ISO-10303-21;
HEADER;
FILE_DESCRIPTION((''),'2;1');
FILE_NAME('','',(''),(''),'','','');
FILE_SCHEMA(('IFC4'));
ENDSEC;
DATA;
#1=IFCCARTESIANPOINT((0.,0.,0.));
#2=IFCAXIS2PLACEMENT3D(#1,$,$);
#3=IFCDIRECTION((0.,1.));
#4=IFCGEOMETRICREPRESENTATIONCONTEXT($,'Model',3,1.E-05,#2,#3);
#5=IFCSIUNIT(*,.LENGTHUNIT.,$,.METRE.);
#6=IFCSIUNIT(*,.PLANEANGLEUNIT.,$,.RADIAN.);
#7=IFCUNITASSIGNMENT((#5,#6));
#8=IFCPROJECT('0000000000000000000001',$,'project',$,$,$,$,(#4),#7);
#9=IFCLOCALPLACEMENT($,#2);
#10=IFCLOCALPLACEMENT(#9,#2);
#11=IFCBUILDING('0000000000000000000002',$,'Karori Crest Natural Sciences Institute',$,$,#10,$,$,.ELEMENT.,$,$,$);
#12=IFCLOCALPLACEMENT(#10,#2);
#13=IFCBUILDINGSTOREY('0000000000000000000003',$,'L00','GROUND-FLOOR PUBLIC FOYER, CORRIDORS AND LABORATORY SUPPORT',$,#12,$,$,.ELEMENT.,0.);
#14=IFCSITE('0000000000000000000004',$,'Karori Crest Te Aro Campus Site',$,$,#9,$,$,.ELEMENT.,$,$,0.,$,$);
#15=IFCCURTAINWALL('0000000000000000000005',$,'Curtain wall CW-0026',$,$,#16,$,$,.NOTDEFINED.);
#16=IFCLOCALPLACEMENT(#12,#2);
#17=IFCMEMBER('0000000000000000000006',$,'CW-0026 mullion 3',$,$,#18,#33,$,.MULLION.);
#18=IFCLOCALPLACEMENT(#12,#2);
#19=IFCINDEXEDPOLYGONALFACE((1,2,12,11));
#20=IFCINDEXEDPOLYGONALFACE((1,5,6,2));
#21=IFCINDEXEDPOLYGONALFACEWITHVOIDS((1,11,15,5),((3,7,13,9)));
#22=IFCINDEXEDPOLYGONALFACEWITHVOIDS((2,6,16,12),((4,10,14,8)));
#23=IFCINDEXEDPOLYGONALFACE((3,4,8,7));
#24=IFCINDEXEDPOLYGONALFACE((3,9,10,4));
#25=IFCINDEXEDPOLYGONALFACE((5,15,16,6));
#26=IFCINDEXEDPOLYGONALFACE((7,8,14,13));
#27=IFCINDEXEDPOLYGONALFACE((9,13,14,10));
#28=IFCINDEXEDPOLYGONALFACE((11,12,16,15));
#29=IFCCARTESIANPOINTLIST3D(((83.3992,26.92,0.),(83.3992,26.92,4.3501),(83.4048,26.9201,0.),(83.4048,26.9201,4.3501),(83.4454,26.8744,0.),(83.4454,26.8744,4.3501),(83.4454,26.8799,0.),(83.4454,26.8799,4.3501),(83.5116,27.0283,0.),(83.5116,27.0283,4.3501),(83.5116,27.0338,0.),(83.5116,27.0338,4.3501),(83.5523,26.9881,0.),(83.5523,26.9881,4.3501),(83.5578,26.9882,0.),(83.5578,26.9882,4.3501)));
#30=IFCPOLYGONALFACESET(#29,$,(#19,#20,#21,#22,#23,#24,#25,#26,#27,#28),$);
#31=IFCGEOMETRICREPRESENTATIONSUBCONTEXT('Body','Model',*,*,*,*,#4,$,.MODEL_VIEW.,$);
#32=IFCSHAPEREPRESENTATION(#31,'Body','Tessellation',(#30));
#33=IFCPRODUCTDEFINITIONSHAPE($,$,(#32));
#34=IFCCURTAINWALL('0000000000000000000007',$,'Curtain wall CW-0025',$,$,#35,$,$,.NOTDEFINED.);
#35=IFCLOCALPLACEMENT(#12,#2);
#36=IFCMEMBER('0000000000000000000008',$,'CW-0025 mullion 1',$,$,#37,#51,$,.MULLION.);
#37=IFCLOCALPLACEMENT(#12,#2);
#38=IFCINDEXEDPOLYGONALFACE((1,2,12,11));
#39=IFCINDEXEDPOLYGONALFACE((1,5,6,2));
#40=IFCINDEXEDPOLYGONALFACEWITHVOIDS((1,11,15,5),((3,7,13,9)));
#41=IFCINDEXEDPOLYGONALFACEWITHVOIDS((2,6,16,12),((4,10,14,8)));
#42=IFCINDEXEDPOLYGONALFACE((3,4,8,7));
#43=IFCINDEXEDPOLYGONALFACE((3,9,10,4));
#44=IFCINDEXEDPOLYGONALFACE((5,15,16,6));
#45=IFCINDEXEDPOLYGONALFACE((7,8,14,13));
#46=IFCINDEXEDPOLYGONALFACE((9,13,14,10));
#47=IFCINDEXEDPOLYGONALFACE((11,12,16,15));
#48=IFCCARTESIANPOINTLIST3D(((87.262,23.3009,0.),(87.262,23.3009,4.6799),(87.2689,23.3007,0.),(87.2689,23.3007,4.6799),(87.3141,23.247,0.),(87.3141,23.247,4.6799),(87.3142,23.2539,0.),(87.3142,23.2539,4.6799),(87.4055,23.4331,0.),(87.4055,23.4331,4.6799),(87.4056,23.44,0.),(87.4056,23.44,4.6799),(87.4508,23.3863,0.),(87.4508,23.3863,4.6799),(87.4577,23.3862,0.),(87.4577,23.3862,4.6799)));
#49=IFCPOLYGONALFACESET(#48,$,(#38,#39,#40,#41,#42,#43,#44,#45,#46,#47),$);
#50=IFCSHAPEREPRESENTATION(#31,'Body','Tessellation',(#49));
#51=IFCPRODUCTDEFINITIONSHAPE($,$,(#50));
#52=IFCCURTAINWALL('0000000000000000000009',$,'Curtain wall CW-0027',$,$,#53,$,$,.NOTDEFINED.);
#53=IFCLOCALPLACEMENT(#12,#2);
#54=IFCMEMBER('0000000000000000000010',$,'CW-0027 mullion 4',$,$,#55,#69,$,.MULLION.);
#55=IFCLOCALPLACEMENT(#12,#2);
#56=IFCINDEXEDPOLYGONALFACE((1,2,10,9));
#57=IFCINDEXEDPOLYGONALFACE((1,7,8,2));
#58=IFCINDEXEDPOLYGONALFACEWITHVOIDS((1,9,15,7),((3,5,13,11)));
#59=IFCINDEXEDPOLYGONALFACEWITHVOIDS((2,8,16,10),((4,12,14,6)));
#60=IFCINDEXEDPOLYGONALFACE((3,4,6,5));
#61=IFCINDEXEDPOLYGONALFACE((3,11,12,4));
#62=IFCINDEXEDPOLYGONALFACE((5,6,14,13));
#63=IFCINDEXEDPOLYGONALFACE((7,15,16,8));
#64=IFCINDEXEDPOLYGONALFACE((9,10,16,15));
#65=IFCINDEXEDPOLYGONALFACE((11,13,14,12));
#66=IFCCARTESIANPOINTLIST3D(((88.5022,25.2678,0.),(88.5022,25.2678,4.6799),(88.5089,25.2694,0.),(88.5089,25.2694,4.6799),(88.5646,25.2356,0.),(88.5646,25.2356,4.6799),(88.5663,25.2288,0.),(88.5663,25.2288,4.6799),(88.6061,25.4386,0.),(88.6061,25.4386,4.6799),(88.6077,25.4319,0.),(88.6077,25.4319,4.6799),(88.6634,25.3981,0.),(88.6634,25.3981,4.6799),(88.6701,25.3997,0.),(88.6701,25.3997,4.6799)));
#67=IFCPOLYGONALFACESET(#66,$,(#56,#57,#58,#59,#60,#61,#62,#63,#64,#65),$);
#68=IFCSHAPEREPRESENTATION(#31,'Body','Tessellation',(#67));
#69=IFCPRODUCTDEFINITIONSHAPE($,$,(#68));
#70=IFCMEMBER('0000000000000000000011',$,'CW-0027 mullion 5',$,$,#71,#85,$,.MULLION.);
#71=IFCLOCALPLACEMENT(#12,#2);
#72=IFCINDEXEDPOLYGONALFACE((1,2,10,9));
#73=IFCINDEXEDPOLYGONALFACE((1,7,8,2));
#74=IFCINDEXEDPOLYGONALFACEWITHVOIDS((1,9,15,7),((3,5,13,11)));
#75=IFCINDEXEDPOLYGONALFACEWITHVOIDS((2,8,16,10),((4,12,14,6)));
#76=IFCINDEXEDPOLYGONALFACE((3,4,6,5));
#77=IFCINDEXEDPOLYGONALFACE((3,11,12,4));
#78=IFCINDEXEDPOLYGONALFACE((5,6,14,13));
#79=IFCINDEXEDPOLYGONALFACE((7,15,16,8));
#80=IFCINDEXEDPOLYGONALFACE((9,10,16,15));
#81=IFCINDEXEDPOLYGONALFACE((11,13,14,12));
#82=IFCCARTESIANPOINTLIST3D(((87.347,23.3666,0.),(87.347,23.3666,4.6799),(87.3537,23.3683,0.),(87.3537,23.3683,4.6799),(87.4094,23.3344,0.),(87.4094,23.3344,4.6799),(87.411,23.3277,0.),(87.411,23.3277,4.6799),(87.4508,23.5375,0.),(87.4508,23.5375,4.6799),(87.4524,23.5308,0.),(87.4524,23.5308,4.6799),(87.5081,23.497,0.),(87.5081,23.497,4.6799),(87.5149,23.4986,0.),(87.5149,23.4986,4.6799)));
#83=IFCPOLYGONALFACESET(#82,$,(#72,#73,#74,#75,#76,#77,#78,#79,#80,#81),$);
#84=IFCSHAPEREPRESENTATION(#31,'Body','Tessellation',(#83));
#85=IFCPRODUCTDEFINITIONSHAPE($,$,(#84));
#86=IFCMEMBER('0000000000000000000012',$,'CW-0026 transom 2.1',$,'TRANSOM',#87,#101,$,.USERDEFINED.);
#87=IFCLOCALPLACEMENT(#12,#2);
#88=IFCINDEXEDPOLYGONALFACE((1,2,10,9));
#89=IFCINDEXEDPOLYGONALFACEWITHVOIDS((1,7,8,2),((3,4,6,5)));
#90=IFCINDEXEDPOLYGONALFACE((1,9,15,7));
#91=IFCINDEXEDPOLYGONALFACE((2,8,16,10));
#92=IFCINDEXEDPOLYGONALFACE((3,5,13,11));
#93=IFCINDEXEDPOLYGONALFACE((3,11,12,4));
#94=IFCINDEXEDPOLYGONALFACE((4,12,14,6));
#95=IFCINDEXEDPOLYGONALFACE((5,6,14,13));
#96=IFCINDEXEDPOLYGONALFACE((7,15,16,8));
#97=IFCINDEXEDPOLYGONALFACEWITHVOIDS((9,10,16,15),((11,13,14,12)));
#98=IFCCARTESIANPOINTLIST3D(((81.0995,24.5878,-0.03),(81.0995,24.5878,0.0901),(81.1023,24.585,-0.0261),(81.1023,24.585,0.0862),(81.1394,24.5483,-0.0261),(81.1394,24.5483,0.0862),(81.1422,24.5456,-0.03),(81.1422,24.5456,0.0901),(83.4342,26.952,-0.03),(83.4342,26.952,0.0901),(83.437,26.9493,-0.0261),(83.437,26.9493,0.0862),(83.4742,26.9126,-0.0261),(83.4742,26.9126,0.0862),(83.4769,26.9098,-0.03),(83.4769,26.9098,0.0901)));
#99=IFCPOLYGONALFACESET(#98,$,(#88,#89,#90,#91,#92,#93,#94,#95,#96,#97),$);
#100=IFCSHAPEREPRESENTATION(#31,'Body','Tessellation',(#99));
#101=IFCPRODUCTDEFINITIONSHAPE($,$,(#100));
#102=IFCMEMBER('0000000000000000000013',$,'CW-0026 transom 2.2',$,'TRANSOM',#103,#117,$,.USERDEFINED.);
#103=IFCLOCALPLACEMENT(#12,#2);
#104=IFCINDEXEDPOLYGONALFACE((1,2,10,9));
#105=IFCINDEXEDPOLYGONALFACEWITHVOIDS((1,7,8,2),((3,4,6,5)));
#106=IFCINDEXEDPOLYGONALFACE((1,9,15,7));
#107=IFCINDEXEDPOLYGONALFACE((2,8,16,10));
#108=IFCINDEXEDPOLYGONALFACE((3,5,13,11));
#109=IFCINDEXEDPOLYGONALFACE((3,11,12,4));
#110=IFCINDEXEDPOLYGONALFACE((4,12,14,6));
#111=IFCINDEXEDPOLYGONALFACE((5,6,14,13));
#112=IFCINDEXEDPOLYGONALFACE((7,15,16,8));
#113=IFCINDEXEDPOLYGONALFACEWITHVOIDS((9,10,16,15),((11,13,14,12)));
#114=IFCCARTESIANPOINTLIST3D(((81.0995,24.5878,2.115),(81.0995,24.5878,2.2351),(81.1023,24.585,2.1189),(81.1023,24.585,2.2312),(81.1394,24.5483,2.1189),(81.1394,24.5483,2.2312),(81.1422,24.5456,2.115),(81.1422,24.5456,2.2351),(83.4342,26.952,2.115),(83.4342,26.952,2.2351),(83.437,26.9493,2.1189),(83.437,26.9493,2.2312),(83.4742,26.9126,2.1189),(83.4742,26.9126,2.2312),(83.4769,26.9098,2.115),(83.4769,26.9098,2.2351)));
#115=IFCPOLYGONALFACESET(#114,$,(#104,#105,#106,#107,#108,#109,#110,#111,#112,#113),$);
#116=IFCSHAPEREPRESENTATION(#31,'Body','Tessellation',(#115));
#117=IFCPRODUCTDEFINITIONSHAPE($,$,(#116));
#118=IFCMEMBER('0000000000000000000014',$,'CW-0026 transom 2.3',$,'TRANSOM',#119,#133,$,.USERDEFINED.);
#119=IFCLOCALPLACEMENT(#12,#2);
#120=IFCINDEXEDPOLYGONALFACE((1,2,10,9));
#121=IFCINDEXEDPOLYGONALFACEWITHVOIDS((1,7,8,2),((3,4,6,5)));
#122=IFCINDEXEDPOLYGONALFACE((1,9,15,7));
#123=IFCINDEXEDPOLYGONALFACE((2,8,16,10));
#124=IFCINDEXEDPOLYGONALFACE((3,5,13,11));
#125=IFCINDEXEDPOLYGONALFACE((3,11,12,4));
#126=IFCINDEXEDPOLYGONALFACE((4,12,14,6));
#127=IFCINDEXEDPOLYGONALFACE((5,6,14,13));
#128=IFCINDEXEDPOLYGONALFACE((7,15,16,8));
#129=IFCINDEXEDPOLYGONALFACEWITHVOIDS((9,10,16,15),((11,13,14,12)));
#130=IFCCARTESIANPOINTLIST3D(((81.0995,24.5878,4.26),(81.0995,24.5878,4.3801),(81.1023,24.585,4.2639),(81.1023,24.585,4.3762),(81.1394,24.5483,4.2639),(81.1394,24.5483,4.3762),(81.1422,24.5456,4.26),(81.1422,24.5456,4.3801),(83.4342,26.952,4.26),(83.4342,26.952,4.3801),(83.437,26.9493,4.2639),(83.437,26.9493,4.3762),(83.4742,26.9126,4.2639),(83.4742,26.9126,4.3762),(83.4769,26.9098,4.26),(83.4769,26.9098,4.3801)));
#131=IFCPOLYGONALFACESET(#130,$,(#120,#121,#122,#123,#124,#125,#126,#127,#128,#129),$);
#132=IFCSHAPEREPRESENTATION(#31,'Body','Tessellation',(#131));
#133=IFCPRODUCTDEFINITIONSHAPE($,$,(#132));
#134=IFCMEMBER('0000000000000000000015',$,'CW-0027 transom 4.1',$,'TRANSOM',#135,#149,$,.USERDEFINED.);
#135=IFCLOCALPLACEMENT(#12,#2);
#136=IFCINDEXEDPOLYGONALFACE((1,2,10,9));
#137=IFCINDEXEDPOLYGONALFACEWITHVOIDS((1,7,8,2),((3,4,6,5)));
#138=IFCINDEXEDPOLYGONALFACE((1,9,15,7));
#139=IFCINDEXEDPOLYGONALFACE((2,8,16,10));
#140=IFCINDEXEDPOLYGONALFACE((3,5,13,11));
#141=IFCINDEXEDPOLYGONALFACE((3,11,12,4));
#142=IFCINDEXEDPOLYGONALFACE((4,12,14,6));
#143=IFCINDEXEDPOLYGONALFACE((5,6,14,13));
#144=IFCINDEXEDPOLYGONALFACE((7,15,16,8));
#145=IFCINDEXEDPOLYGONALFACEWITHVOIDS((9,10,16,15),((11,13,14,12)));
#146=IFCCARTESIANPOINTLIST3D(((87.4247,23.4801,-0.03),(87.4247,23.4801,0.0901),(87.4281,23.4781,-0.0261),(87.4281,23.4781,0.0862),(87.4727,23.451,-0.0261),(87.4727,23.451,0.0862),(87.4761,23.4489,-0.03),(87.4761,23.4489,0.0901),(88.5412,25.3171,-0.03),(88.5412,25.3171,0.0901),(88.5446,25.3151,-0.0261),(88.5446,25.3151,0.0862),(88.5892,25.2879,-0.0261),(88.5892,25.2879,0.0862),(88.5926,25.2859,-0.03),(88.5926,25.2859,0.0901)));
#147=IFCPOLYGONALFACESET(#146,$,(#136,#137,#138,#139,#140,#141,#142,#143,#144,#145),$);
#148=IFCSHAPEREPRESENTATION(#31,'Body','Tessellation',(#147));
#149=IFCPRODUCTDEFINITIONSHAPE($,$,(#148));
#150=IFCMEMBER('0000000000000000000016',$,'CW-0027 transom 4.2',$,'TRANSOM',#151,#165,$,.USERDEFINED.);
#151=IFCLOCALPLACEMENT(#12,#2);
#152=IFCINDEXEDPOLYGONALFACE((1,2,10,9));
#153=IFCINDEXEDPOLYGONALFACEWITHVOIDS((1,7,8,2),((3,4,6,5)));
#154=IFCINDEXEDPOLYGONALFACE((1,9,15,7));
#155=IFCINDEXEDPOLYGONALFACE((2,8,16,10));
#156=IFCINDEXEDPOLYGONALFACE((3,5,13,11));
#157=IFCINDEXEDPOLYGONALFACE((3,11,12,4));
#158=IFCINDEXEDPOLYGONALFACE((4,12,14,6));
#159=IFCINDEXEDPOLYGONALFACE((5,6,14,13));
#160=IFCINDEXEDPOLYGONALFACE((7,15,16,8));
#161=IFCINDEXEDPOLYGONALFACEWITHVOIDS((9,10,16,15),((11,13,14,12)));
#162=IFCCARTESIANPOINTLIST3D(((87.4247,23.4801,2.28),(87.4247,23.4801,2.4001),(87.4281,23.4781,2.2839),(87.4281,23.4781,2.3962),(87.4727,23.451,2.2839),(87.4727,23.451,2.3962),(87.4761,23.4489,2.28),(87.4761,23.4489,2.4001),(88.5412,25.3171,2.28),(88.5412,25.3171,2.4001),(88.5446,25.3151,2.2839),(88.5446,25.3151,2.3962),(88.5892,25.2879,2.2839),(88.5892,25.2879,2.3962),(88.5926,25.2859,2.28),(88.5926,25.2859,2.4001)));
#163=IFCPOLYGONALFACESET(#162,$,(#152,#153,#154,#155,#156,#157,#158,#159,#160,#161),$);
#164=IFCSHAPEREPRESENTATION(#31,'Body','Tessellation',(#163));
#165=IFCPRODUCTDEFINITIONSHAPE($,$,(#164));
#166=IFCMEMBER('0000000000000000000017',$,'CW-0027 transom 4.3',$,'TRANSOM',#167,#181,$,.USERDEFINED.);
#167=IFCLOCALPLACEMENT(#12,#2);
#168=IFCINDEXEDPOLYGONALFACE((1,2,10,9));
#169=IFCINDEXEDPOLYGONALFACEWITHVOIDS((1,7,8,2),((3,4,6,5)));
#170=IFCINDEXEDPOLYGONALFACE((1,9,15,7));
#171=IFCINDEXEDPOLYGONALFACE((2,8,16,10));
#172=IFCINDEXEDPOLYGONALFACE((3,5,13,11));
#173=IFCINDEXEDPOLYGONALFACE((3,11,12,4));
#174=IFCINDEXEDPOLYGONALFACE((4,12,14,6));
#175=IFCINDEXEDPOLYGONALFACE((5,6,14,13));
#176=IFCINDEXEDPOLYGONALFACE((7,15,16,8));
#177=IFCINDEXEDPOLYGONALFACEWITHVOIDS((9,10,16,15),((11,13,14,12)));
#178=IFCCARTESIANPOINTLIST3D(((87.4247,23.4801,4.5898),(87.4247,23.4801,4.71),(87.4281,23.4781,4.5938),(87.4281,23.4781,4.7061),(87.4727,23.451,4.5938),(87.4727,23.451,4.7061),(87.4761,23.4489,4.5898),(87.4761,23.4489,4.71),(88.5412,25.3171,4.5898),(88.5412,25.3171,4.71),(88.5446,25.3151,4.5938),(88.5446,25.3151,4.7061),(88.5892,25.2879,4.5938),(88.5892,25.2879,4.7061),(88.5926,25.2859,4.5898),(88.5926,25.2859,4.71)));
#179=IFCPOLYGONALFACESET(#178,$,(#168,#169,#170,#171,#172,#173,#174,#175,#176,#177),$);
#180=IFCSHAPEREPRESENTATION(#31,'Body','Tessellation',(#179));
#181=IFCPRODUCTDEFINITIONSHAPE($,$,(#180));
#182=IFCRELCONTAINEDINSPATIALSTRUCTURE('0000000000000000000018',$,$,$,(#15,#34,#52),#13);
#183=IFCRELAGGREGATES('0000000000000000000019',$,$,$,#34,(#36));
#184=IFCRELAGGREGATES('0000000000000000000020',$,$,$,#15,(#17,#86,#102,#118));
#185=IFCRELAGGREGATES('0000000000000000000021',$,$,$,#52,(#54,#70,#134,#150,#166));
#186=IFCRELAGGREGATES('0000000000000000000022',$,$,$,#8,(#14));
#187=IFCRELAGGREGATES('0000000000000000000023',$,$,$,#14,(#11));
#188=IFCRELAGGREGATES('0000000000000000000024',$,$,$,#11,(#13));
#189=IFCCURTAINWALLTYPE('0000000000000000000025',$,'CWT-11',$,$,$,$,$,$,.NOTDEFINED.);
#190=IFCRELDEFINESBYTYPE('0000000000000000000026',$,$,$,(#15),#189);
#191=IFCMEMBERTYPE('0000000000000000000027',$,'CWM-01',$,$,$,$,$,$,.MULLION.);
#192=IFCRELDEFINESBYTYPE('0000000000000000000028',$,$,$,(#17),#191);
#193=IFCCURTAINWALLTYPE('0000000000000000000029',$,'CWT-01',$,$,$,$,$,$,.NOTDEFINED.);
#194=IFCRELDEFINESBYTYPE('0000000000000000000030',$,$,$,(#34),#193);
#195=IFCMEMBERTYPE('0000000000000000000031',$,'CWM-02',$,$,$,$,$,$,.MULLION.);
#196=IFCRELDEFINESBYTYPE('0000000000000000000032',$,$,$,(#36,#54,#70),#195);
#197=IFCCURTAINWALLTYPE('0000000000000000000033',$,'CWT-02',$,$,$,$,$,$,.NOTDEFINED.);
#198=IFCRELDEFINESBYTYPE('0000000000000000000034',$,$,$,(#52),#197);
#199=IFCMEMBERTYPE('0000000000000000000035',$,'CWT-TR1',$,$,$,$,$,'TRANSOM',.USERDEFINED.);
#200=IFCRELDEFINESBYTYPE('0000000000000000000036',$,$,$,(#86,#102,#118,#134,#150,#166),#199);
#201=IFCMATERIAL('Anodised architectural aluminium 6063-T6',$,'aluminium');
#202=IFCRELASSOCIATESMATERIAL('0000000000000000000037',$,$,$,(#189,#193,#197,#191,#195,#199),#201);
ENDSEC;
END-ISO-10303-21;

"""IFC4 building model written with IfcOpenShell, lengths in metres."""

from ifc_helpers import new_model, si_unit, direction, frame, origin, origin_2d, place, context, subcontext, project, spatial, hollow_rectangle, extrude, material, material_profile, profile_set, type_object, element, aggregate, save


model = new_model("IFC4")

# Units and contexts
model_context = context("Model", 3, precision=1e-05, world=origin(), true_north=direction((0.0, 1.0)))
body_context = subcontext(model_context, "Body", "Model", "MODEL_VIEW")
ifc_project = project(units=[si_unit("LENGTHUNIT", "METRE"), si_unit("PLANEANGLEUNIT", "RADIAN")], contexts=[model_context])

# Site, building, storey
site_placement = place(None, origin())
site = spatial("IfcSite", under=ifc_project, at=site_placement, Name="Karori Crest Te Aro Campus Site", CompositionType="ELEMENT", RefElevation=0.0)
building_placement = place(site_placement, origin())
building = spatial("IfcBuilding", under=site, at=building_placement, Name="Karori Crest Natural Sciences Institute", CompositionType="ELEMENT")
storey_placement = place(building_placement, origin())
storey = spatial("IfcBuildingStorey", under=building, at=storey_placement, Name="L00", Description="GROUND-FLOOR PUBLIC FOYER, CORRIDORS AND LABORATORY SUPPORT", CompositionType="ELEMENT", Elevation=0.0)

# Curtain wall, member
ifc_material_1 = material(Name="Anodised architectural aluminium 6063-T6", Category="aluminium")
curtain_wall_type_1 = type_object("IfcCurtainWallType", Name="CWT-11", PredefinedType="NOTDEFINED", material=ifc_material_1)
curtain_wall_1_placement = place(storey_placement, origin())
curtain_wall_1 = element("IfcCurtainWall", 1, at=curtain_wall_1_placement, inside=storey, type_object=curtain_wall_type_1, Name="Curtain wall CW-0026", PredefinedType="NOTDEFINED")
ifc_material_profile_1 = material_profile(ifc_material_1, hollow_rectangle(XDim=0.0649, YDim=0.1599, WallThickness=0.0039, at=origin_2d()), Name="CWM160x65x4")
ifc_profile_set_1 = profile_set([ifc_material_profile_1], Name="Anodised architectural aluminium 6063-T6")
member_type_1 = type_object("IfcMemberType", Name="CWM-01", PredefinedType="MULLION", material=ifc_profile_set_1)
member_1_placement = place(storey_placement, frame((83.4785, 26.9541, 0.0), z_axis=(0.0, 0.0, 1.0), x_axis=(-0.711529, 0.702656, 0.0)))
member_1 = element("IfcMember", 2, at=member_1_placement, type_object=member_type_1, Name="CW-0026 mullion 3", PredefinedType="MULLION", context=body_context, shape_type="SweptSolid", body=[
    extrude(hollow_rectangle(XDim=0.0649, YDim=0.1599, WallThickness=0.0039, at=origin_2d()), origin(), (0.0, 0.0, 1.0), 4.3501),
])

# Curtain wall, member
curtain_wall_type_2 = type_object("IfcCurtainWallType", Name="CWT-01", PredefinedType="NOTDEFINED", material=ifc_material_1)
curtain_wall_2_placement = place(storey_placement, origin())
curtain_wall_2 = element("IfcCurtainWall", 3, at=curtain_wall_2_placement, inside=storey, type_object=curtain_wall_type_2, Name="Curtain wall CW-0025", PredefinedType="NOTDEFINED")
ifc_material_profile_2 = material_profile(ifc_material_1, hollow_rectangle(XDim=0.075, YDim=0.2, WallThickness=0.0049, at=origin_2d()), Name="CWM200x75x5")
ifc_profile_set_2 = profile_set([ifc_material_profile_2], Name="Anodised architectural aluminium 6063-T6")
member_type_2 = type_object("IfcMemberType", Name="CWM-02", PredefinedType="MULLION", material=ifc_profile_set_2)
member_2_placement = place(storey_placement, frame((87.3599, 23.3435, 0.0), z_axis=(0.0, 0.0, 1.0), x_axis=(0.695839, -0.718198, 0.0)))
member_2 = element("IfcMember", 4, at=member_2_placement, type_object=member_type_2, Name="CW-0025 mullion 1", PredefinedType="MULLION", context=body_context, shape_type="SweptSolid", body=[
    extrude(hollow_rectangle(XDim=0.075, YDim=0.2, WallThickness=0.0049, at=origin_2d()), origin(), (0.0, 0.0, 1.0), 4.6799),
])

# Curtain wall, members
curtain_wall_type_3 = type_object("IfcCurtainWallType", Name="CWT-02", PredefinedType="NOTDEFINED", material=ifc_material_1)
curtain_wall_3_placement = place(storey_placement, origin())
curtain_wall_3 = element("IfcCurtainWall", 5, at=curtain_wall_3_placement, inside=storey, type_object=curtain_wall_type_3, Name="Curtain wall CW-0027", PredefinedType="NOTDEFINED")
member_3_placement = place(storey_placement, frame((88.5862, 25.3337, 0.0), z_axis=(0.0, 0.0, 1.0), x_axis=(0.854567, -0.519341, 0.0)))
member_3 = element("IfcMember", 6, at=member_3_placement, type_object=member_type_2, Name="CW-0027 mullion 4", PredefinedType="MULLION", context=body_context, shape_type="SweptSolid", body=[
    extrude(hollow_rectangle(XDim=0.075, YDim=0.2, WallThickness=0.0049, at=origin_2d()), origin(), (0.0, 0.0, 1.0), 4.6799),
])
member_4_placement = place(storey_placement, frame((87.4309, 23.4326, 0.0), z_axis=(0.0, 0.0, 1.0), x_axis=(0.854567, -0.519341, 0.0)))
member_4 = element("IfcMember", 7, at=member_4_placement, type_object=member_type_2, Name="CW-0027 mullion 5", PredefinedType="MULLION", context=body_context, shape_type="SweptSolid", body=[
    extrude(hollow_rectangle(XDim=0.075, YDim=0.2, WallThickness=0.0049, at=origin_2d()), origin(), (0.0, 0.0, 1.0), 4.6799),
])

# Members
ifc_material_profile_3 = material_profile(ifc_material_1, hollow_rectangle(XDim=0.0601, YDim=0.1201, WallThickness=0.0039, at=origin_2d()), Name="CWT120x60x4")
ifc_profile_set_3 = profile_set([ifc_material_profile_3], Name="Anodised architectural aluminium 6063-T6")
member_type_3 = type_object("IfcMemberType", Name="CWT-TR1", ElementType="TRANSOM", PredefinedType="USERDEFINED", material=ifc_profile_set_3)
member_5_placement = place(storey_placement, frame((81.1208, 24.5667, 0.03), z_axis=(0.702648, 0.711538, 0.0), x_axis=(-0.711538, 0.702648, 0.0)))
member_5 = element("IfcMember", 8, at=member_5_placement, type_object=member_type_3, Name="CW-0026 transom 2.1", ObjectType="TRANSOM", PredefinedType="USERDEFINED", context=body_context, shape_type="SweptSolid", body=[
    extrude(hollow_rectangle(XDim=0.0601, YDim=0.1201, WallThickness=0.0039, at=origin_2d()), origin(), (0.0, 0.0, 1.0), 3.3228),
])
member_6_placement = place(storey_placement, frame((81.1208, 24.5667, 2.175), z_axis=(0.702648, 0.711538, 0.0), x_axis=(-0.711538, 0.702648, 0.0)))
member_6 = element("IfcMember", 9, at=member_6_placement, type_object=member_type_3, Name="CW-0026 transom 2.2", ObjectType="TRANSOM", PredefinedType="USERDEFINED", context=body_context, shape_type="SweptSolid", body=[
    extrude(hollow_rectangle(XDim=0.0601, YDim=0.1201, WallThickness=0.0039, at=origin_2d()), origin(), (0.0, 0.0, 1.0), 3.3228),
])
member_7_placement = place(storey_placement, frame((81.1208, 24.5667, 4.3201), z_axis=(0.702648, 0.711538, 0.0), x_axis=(-0.711538, 0.702648, 0.0)))
member_7 = element("IfcMember", 10, at=member_7_placement, type_object=member_type_3, Name="CW-0026 transom 2.3", ObjectType="TRANSOM", PredefinedType="USERDEFINED", context=body_context, shape_type="SweptSolid", body=[
    extrude(hollow_rectangle(XDim=0.0601, YDim=0.1201, WallThickness=0.0039, at=origin_2d()), origin(), (0.0, 0.0, 1.0), 3.3228),
])
member_8_placement = place(storey_placement, frame((88.5669, 25.3015, 0.03), z_axis=(-0.519381, -0.854543, 0.0), x_axis=(0.854543, -0.519381, 0.0)))
member_8 = element("IfcMember", 11, at=member_8_placement, type_object=member_type_3, Name="CW-0027 transom 4.1", ObjectType="TRANSOM", PredefinedType="USERDEFINED", context=body_context, shape_type="SweptSolid", body=[
    extrude(hollow_rectangle(XDim=0.0601, YDim=0.1201, WallThickness=0.0039, at=origin_2d()), origin(), (0.0, 0.0, 1.0), 2.1497),
])
member_9_placement = place(storey_placement, frame((88.5669, 25.3015, 2.3401), z_axis=(-0.519381, -0.854543, 0.0), x_axis=(0.854543, -0.519381, 0.0)))
member_9 = element("IfcMember", 12, at=member_9_placement, type_object=member_type_3, Name="CW-0027 transom 4.2", ObjectType="TRANSOM", PredefinedType="USERDEFINED", context=body_context, shape_type="SweptSolid", body=[
    extrude(hollow_rectangle(XDim=0.0601, YDim=0.1201, WallThickness=0.0039, at=origin_2d()), origin(), (0.0, 0.0, 1.0), 2.1497),
])
member_10_placement = place(storey_placement, frame((88.5669, 25.3015, 4.6499), z_axis=(-0.519381, -0.854543, 0.0), x_axis=(0.854543, -0.519381, 0.0)))
member_10 = element("IfcMember", 13, at=member_10_placement, type_object=member_type_3, Name="CW-0027 transom 4.3", ObjectType="TRANSOM", PredefinedType="USERDEFINED", context=body_context, shape_type="SweptSolid", body=[
    extrude(hollow_rectangle(XDim=0.0601, YDim=0.1201, WallThickness=0.0039, at=origin_2d()), origin(), (0.0, 0.0, 1.0), 2.1497),
])
aggregate(curtain_wall_2, [member_2])

aggregate(curtain_wall_1, [member_1, member_5, member_6, member_7])
aggregate(curtain_wall_3, [member_3, member_4, member_8, member_9, member_10])

save(model, "model.ifc")
